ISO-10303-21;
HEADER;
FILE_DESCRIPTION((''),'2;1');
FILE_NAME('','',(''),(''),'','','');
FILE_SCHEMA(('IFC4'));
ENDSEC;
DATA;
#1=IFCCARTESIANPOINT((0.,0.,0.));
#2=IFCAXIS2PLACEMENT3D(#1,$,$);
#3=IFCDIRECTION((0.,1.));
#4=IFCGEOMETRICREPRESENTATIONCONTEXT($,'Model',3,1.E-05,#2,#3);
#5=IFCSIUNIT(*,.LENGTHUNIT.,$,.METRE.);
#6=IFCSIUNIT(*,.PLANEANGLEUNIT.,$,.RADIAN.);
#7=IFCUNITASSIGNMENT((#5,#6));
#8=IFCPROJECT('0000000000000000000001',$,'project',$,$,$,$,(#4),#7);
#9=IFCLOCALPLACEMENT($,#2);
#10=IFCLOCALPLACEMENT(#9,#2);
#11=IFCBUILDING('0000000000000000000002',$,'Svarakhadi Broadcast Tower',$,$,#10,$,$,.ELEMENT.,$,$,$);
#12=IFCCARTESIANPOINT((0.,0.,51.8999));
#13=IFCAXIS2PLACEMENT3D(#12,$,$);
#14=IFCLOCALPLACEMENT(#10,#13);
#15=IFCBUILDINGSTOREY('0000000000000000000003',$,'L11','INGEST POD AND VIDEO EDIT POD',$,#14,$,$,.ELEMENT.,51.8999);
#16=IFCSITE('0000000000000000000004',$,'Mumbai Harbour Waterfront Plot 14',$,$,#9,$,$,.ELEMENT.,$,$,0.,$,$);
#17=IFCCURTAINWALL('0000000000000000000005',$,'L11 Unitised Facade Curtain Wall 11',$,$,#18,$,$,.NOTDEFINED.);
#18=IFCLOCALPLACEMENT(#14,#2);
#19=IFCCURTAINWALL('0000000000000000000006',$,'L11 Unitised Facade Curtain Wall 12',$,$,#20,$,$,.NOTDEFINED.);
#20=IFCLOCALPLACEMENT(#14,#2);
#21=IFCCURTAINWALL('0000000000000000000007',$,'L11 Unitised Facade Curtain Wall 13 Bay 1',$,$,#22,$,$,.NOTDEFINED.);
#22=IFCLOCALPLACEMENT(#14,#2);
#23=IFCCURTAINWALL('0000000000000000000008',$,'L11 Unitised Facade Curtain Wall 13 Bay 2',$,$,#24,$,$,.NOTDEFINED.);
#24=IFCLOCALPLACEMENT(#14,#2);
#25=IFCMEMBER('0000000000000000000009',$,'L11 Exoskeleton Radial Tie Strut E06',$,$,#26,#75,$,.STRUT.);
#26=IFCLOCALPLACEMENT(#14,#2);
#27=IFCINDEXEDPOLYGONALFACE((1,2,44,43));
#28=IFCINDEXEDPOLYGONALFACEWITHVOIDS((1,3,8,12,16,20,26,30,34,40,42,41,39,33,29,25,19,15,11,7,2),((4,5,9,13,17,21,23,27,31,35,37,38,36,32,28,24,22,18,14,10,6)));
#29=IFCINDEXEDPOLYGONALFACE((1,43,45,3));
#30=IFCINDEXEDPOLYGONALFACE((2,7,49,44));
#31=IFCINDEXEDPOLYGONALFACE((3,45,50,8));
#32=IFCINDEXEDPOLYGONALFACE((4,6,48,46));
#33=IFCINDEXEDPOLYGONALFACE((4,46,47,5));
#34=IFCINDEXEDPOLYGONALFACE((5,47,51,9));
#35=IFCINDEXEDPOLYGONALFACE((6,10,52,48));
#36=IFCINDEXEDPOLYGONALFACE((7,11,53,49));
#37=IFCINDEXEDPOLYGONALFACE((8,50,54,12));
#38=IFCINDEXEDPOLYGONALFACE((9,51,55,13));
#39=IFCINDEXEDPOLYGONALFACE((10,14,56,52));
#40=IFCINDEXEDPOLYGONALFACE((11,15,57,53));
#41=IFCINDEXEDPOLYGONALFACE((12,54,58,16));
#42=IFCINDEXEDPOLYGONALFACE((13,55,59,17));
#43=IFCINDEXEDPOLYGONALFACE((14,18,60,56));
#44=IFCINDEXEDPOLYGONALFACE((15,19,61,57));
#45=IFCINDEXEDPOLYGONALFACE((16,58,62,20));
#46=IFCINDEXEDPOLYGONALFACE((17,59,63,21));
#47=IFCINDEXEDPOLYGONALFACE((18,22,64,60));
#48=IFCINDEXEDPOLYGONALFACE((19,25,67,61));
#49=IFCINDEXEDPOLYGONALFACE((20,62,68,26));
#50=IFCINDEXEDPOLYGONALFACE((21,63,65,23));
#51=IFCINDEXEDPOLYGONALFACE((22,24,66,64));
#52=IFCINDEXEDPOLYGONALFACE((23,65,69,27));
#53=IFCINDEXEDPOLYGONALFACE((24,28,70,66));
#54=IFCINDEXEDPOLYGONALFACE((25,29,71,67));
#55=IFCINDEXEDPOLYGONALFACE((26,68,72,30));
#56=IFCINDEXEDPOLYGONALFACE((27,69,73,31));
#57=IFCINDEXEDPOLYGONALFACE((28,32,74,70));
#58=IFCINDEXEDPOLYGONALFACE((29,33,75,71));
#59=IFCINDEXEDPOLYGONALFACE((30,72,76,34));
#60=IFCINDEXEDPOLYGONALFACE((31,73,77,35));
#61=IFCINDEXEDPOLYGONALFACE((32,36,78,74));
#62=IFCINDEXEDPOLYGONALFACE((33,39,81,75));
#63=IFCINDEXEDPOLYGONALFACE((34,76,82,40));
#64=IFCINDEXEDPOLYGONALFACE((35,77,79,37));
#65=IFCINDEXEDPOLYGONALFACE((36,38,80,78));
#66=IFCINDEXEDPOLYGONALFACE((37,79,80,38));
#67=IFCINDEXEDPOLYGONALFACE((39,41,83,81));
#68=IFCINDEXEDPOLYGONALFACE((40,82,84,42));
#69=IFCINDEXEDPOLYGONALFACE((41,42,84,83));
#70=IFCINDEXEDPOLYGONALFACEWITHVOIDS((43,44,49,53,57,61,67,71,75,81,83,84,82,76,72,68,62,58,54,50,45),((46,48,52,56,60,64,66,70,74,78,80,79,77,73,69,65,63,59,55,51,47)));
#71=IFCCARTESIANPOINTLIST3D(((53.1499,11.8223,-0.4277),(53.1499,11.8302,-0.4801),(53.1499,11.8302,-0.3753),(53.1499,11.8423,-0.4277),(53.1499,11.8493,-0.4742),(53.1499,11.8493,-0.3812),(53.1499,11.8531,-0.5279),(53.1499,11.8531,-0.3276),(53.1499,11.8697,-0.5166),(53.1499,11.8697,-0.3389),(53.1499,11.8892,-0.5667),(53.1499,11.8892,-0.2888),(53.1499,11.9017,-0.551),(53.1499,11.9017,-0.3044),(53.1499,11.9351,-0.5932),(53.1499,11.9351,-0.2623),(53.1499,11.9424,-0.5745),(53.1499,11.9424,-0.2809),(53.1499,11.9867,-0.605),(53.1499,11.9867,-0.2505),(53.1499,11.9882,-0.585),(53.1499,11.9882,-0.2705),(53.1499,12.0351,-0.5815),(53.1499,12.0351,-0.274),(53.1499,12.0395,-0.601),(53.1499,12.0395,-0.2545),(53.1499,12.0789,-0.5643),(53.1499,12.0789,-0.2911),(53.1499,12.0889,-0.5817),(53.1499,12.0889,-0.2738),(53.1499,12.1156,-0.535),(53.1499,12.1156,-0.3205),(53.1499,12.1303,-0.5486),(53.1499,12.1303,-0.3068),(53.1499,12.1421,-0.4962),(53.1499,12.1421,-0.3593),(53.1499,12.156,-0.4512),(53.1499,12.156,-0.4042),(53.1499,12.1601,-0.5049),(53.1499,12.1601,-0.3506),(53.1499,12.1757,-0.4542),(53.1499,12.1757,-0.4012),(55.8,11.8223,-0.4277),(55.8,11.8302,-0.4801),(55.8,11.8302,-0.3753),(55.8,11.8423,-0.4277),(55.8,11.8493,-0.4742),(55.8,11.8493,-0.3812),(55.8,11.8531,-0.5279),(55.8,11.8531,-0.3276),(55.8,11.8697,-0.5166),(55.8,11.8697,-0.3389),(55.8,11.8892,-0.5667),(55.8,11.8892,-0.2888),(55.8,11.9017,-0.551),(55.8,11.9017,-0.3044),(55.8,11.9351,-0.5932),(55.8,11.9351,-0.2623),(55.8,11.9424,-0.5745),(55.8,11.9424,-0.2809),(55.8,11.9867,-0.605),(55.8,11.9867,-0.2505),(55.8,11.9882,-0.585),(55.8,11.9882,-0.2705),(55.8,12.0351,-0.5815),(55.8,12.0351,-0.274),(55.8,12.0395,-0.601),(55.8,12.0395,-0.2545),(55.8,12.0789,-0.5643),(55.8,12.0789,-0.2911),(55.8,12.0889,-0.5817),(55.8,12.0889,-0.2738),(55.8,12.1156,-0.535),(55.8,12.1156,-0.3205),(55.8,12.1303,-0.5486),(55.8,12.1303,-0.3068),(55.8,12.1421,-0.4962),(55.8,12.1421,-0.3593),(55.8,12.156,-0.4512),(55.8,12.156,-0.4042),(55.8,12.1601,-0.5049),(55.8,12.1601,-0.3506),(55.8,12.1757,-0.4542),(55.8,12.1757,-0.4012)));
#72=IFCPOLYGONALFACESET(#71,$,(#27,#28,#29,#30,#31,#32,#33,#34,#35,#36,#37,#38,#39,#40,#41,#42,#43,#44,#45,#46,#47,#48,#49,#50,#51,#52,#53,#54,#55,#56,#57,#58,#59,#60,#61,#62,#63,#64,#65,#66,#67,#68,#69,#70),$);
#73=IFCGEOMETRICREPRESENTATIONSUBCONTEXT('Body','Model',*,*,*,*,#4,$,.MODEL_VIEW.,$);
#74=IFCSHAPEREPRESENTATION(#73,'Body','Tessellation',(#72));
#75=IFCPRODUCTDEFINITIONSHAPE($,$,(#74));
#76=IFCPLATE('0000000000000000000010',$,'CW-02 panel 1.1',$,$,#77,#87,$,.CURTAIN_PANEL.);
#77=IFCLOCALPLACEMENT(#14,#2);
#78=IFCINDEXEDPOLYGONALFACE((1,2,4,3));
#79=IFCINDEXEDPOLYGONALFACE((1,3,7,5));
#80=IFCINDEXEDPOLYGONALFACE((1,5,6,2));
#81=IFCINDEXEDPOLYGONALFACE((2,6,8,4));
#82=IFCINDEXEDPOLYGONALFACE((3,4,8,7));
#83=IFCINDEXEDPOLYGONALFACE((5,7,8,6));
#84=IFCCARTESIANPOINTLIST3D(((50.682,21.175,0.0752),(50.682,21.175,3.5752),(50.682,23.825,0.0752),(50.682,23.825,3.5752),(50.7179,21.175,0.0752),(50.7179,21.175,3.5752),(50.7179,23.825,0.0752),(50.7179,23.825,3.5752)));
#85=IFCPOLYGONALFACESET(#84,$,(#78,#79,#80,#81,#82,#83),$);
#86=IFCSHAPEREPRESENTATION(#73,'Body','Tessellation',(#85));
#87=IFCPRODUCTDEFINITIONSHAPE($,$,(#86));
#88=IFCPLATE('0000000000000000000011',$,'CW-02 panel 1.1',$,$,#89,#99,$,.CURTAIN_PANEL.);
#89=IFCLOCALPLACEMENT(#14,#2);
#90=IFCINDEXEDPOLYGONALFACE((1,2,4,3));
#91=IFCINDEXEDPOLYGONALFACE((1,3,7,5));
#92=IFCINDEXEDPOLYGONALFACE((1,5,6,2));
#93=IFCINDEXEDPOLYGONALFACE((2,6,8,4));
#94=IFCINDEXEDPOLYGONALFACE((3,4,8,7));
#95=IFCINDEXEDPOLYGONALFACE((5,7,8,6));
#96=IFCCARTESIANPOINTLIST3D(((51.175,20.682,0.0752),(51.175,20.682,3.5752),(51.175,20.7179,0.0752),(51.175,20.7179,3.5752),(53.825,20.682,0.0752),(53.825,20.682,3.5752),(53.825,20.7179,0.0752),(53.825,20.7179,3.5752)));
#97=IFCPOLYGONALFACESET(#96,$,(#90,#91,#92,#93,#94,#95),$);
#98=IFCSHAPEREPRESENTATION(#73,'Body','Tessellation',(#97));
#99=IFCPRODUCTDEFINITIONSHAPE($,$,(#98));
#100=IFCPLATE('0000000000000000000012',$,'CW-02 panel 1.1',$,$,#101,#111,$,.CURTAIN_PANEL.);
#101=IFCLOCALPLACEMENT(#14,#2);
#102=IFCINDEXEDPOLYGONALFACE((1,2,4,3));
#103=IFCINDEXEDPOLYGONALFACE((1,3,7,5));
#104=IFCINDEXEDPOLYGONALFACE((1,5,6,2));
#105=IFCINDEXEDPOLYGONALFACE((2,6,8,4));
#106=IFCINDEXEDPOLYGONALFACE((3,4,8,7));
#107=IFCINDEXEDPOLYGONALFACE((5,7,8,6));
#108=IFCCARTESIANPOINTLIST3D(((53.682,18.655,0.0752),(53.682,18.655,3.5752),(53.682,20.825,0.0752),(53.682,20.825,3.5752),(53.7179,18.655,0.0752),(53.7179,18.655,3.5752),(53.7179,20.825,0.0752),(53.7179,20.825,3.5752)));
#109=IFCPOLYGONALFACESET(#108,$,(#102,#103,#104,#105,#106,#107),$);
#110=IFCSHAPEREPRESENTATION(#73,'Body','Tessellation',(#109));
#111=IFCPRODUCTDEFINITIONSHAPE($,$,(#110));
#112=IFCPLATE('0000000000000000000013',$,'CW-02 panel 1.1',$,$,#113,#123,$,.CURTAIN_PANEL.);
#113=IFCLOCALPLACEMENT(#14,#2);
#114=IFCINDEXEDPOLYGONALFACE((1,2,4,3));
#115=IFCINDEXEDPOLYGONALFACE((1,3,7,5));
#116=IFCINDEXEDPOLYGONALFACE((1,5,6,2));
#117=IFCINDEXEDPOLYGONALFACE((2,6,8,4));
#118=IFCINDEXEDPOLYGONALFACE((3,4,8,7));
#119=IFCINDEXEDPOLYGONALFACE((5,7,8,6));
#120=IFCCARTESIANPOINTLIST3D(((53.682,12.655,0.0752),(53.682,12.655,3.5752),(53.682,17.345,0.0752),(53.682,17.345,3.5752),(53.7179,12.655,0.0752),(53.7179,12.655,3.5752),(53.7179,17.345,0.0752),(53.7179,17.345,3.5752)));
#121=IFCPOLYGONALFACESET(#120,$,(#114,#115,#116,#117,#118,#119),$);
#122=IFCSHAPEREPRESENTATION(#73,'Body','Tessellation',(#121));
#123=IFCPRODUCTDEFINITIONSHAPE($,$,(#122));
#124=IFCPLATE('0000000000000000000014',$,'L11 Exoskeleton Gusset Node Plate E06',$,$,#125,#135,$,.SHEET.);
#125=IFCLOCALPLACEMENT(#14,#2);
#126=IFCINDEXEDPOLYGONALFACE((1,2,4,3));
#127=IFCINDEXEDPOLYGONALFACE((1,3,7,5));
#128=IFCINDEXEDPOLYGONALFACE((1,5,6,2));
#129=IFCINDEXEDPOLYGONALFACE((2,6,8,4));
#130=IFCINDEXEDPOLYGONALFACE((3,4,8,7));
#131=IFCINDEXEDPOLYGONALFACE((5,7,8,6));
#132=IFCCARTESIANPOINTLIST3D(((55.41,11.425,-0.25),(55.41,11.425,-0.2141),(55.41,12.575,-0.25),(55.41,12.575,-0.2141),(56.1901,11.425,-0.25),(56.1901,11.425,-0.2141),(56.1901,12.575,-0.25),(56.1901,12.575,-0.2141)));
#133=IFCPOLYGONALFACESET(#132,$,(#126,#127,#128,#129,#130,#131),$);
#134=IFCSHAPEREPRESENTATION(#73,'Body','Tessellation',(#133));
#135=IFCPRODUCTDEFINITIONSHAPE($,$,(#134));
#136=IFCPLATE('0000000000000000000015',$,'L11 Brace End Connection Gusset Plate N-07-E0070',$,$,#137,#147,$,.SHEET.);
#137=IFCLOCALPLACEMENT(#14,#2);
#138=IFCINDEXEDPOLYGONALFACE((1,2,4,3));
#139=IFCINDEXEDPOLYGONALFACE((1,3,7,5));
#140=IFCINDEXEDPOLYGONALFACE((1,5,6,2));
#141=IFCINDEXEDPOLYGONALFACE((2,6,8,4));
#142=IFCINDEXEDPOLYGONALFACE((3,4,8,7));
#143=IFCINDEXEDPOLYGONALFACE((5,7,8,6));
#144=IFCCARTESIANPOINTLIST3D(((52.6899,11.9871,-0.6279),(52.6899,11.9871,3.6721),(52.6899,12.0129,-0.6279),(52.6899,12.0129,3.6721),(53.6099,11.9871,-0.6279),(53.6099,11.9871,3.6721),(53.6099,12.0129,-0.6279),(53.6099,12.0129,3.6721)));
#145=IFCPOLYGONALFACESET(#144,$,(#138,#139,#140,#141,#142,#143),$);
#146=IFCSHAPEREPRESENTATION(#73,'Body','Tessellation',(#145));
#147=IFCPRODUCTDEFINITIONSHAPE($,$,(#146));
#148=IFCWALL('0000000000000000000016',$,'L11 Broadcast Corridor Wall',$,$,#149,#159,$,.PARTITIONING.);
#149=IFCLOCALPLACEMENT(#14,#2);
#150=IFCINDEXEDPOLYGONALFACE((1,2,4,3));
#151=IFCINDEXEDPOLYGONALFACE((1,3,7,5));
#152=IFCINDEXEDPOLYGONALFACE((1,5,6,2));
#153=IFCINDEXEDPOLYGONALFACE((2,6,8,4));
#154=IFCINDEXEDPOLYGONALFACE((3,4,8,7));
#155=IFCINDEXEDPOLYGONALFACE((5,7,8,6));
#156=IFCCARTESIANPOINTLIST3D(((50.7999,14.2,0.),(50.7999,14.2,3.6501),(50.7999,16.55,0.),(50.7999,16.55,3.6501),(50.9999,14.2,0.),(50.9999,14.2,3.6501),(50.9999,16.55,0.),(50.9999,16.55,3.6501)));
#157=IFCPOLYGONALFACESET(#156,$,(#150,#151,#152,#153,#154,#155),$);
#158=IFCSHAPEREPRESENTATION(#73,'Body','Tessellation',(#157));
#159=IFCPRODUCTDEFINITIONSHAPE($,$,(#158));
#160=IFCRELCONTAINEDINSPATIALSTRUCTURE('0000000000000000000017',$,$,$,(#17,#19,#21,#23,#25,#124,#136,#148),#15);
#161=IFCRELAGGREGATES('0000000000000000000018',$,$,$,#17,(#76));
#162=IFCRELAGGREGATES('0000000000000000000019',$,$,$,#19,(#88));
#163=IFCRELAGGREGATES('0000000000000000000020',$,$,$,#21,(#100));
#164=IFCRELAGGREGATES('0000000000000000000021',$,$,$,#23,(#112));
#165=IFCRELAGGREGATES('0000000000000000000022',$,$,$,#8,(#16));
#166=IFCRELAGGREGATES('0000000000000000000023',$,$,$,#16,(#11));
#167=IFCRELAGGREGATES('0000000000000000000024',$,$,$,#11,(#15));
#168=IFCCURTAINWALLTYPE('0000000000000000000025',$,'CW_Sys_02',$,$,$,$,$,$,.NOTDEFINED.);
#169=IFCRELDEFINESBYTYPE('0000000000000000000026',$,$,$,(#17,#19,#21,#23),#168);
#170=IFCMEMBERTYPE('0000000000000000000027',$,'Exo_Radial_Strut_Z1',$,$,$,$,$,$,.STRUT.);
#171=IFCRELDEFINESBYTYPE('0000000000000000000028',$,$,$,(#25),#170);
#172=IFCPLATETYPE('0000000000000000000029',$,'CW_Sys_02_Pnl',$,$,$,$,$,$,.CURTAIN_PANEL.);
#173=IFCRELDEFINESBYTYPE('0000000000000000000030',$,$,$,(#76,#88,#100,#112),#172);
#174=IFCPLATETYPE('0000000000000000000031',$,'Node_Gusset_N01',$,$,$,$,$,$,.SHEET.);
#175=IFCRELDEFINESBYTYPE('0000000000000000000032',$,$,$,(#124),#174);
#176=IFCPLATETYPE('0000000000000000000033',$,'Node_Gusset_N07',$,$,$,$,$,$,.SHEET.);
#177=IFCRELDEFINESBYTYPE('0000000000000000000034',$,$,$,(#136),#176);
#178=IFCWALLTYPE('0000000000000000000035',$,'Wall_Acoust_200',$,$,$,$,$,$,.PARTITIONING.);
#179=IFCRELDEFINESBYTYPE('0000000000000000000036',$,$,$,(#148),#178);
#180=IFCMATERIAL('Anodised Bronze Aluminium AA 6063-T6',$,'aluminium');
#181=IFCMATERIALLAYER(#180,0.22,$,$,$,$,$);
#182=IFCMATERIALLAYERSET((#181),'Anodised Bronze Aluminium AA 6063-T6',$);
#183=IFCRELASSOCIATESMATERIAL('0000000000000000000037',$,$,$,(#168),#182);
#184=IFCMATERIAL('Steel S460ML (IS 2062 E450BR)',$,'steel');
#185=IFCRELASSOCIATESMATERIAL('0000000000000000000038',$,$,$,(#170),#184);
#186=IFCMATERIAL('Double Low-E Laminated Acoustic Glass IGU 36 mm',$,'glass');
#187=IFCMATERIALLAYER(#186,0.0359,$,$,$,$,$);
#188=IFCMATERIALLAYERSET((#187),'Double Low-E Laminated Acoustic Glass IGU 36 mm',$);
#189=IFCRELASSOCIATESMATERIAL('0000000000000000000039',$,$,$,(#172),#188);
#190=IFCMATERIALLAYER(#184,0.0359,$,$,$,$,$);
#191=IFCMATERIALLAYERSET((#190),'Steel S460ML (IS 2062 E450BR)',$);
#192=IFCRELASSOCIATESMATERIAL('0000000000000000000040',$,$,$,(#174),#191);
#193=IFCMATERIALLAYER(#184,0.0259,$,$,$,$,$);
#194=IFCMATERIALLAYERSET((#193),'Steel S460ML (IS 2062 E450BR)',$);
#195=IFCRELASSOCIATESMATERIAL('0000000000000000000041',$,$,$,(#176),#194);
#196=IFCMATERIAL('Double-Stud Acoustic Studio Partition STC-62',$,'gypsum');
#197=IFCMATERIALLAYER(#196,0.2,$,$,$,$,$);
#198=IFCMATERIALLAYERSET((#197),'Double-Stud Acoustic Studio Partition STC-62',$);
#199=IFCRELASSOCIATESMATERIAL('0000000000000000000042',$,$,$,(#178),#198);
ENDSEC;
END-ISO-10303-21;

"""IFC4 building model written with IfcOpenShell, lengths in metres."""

from ifc_helpers import new_model, si_unit, direction, frame, frame_2d, origin, origin_2d, place, context, subcontext, project, spatial, rectangle, hollow_circle, extrude, material, layer, layer_set, material_profile, profile_set, type_object, element, aggregate, save


model = new_model("IFC4")

# Units and contexts
model_context = context("Model", 3, precision=1e-05, world=origin(), true_north=direction((0.0, 1.0)))
body_context = subcontext(model_context, "Body", "Model", "MODEL_VIEW")
ifc_project = project(units=[si_unit("LENGTHUNIT", "METRE"), si_unit("PLANEANGLEUNIT", "RADIAN")], contexts=[model_context])

# Site, building, storey
site_placement = place(None, origin())
site = spatial("IfcSite", under=ifc_project, at=site_placement, Name="Mumbai Harbour Waterfront Plot 14", CompositionType="ELEMENT", RefElevation=0.0)
building_placement = place(site_placement, origin())
building = spatial("IfcBuilding", under=site, at=building_placement, Name="Svarakhadi Broadcast Tower", CompositionType="ELEMENT")
storey_placement = place(building_placement, frame((0.0, 0.0, 51.8999)))
storey = spatial("IfcBuildingStorey", under=building, at=storey_placement, Name="L11", Description="INGEST POD AND VIDEO EDIT POD", CompositionType="ELEMENT", Elevation=51.8999)

# Curtain wall
ifc_material_1 = material(Name="Anodised Bronze Aluminium AA 6063-T6", Category="aluminium")
ifc_layer_1 = layer(ifc_material_1, 0.22)
ifc_layer_set_1 = layer_set([ifc_layer_1], Name="Anodised Bronze Aluminium AA 6063-T6")
curtain_wall_type = type_object("IfcCurtainWallType", Name="CW_Sys_02", PredefinedType="NOTDEFINED", material=ifc_layer_set_1)
curtain_wall_1_placement = place(storey_placement, origin())
curtain_wall_1 = element("IfcCurtainWall", 1, at=curtain_wall_1_placement, inside=storey, type_object=curtain_wall_type, Name="L11 Unitised Facade Curtain Wall 11", PredefinedType="NOTDEFINED")

# Curtain walls
curtain_wall_2_placement = place(storey_placement, origin())
curtain_wall_2 = element("IfcCurtainWall", 2, at=curtain_wall_2_placement, inside=storey, type_object=curtain_wall_type, Name="L11 Unitised Facade Curtain Wall 12", PredefinedType="NOTDEFINED")
curtain_wall_3_placement = place(storey_placement, origin())
curtain_wall_3 = element("IfcCurtainWall", 3, at=curtain_wall_3_placement, inside=storey, type_object=curtain_wall_type, Name="L11 Unitised Facade Curtain Wall 13 Bay 1", PredefinedType="NOTDEFINED")
curtain_wall_4_placement = place(storey_placement, origin())
curtain_wall_4 = element("IfcCurtainWall", 4, at=curtain_wall_4_placement, inside=storey, type_object=curtain_wall_type, Name="L11 Unitised Facade Curtain Wall 13 Bay 2", PredefinedType="NOTDEFINED")

# Member
ifc_material_2 = material(Name="Steel S460ML (IS 2062 E450BR)", Category="steel")
ifc_material_profile_1 = material_profile(ifc_material_2, hollow_circle(Radius=0.1777, WallThickness=0.02, at=origin_2d()), Name="CHS 355.6x20")
ifc_profile_set_1 = profile_set([ifc_material_profile_1], Name="Steel S460ML (IS 2062 E450BR)")
member_type_1 = type_object("IfcMemberType", Name="Exo_Radial_Strut_Z1", PredefinedType="STRUT", material=ifc_profile_set_1)
member_1_placement = place(storey_placement, frame((55.8, 12.0, -0.4277), z_axis=(-1.0, 0.0, 0.0), x_axis=(0.0, -1.0, 0.0)))
element("IfcMember", 5, at=member_1_placement, inside=storey, type_object=member_type_1, Name="L11 Exoskeleton Radial Tie Strut E06", PredefinedType="STRUT", context=body_context, shape_type="SweptSolid", body=[
    extrude(hollow_circle(Radius=0.1777, WallThickness=0.02, at=origin_2d()), origin(), (0.0, 0.0, 1.0), 2.6501),
])

# Plates
ifc_material_3 = material(Name="Double Low-E Laminated Acoustic Glass IGU 36 mm", Category="glass")
ifc_layer_2 = layer(ifc_material_3, 0.0359)
ifc_layer_set_2 = layer_set([ifc_layer_2], Name="Double Low-E Laminated Acoustic Glass IGU 36 mm")
plate_type_1 = type_object("IfcPlateType", Name="CW_Sys_02_Pnl", PredefinedType="CURTAIN_PANEL", material=ifc_layer_set_2)
plate_1_placement = place(storey_placement, frame((50.7, 22.5, 0.0752), z_axis=(0.0, 0.0, 1.0), x_axis=(0.0, -1.0, 0.0)))
plate_1 = element("IfcPlate", 6, at=plate_1_placement, type_object=plate_type_1, Name="CW-02 panel 1.1", PredefinedType="CURTAIN_PANEL", context=body_context, shape_type="SweptSolid", body=[
    extrude(rectangle(XDim=2.6499, YDim=0.0359, at=origin_2d()), origin(), (0.0, 0.0, 1.0), 3.5),
])
aggregate(curtain_wall_1, [plate_1])
plate_2_placement = place(storey_placement, frame((52.5, 20.7, 0.0752), z_axis=(0.0, 0.0, 1.0), x_axis=(1.0, 0.0, 0.0)))
plate_2 = element("IfcPlate", 7, at=plate_2_placement, type_object=plate_type_1, Name="CW-02 panel 1.1", PredefinedType="CURTAIN_PANEL", context=body_context, shape_type="SweptSolid", body=[
    extrude(rectangle(XDim=2.6499, YDim=0.0359, at=origin_2d()), origin(), (0.0, 0.0, 1.0), 3.5),
])
aggregate(curtain_wall_2, [plate_2])
plate_3_placement = place(storey_placement, frame((53.7, 19.74, 0.0752), z_axis=(0.0, 0.0, 1.0), x_axis=(0.0, -1.0, 0.0)))
plate_3 = element("IfcPlate", 8, at=plate_3_placement, type_object=plate_type_1, Name="CW-02 panel 1.1", PredefinedType="CURTAIN_PANEL", context=body_context, shape_type="SweptSolid", body=[
    extrude(rectangle(XDim=2.1699, YDim=0.0359, at=origin_2d()), origin(), (0.0, 0.0, 1.0), 3.5),
])
aggregate(curtain_wall_3, [plate_3])
plate_4_placement = place(storey_placement, frame((53.7, 15.0, 0.0752), z_axis=(0.0, 0.0, 1.0), x_axis=(0.0, -1.0, 0.0)))
plate_4 = element("IfcPlate", 9, at=plate_4_placement, type_object=plate_type_1, Name="CW-02 panel 1.1", PredefinedType="CURTAIN_PANEL", context=body_context, shape_type="SweptSolid", body=[
    extrude(rectangle(XDim=4.6899, YDim=0.0359, at=origin_2d()), origin(), (0.0, 0.0, 1.0), 3.5),
])
aggregate(curtain_wall_4, [plate_4])

# Plates
ifc_layer_3 = layer(ifc_material_2, 0.0359)
ifc_layer_set_3 = layer_set([ifc_layer_3], Name="Steel S460ML (IS 2062 E450BR)")
plate_type_2 = type_object("IfcPlateType", Name="Node_Gusset_N01", PredefinedType="SHEET", material=ifc_layer_set_3)
plate_5_placement = place(storey_placement, frame((55.8, 12.0, -0.25), z_axis=(0.0, 0.0, 1.0), x_axis=(0.0, 1.0, 0.0)))
element("IfcPlate", 10, at=plate_5_placement, inside=storey, type_object=plate_type_2, Name="L11 Exoskeleton Gusset Node Plate E06", PredefinedType="SHEET", context=body_context, shape_type="SweptSolid", body=[
    extrude(rectangle(XDim=1.1499, YDim=0.78, at=origin_2d()), origin(), (0.0, 0.0, 1.0), 0.0359),
])
ifc_layer_4 = layer(ifc_material_2, 0.0259)
ifc_layer_set_4 = layer_set([ifc_layer_4], Name="Steel S460ML (IS 2062 E450BR)")
plate_type_3 = type_object("IfcPlateType", Name="Node_Gusset_N07", PredefinedType="SHEET", material=ifc_layer_set_4)
plate_6_placement = place(storey_placement, frame((53.1499, 12.0, -0.6279), z_axis=(0.0, 0.0, 1.0), x_axis=(1.0, 0.0, 0.0)))
element("IfcPlate", 11, at=plate_6_placement, inside=storey, type_object=plate_type_3, Name="L11 Brace End Connection Gusset Plate N-07-E0070", PredefinedType="SHEET", context=body_context, shape_type="SweptSolid", body=[
    extrude(rectangle(XDim=0.9199, YDim=0.0259, at=origin_2d()), origin(), (0.0, 0.0, 1.0), 4.3),
])

# Wall
ifc_material_4 = material(Name="Double-Stud Acoustic Studio Partition STC-62", Category="gypsum")
ifc_layer_5 = layer(ifc_material_4, 0.2)
ifc_layer_set_5 = layer_set([ifc_layer_5], Name="Double-Stud Acoustic Studio Partition STC-62")
wall_type_1 = type_object("IfcWallType", Name="Wall_Acoust_200", PredefinedType="PARTITIONING", material=ifc_layer_set_5)
wall_1_placement = place(storey_placement, frame((50.8999, 16.55, 0.0), z_axis=(0.0, 0.0, 1.0), x_axis=(0.0, -1.0, 0.0)))
element("IfcWall", 12, at=wall_1_placement, inside=storey, type_object=wall_type_1, Name="L11 Broadcast Corridor Wall", PredefinedType="PARTITIONING", context=body_context, shape_type="SweptSolid", body=[
    extrude(rectangle(XDim=2.3501, YDim=0.2, at=frame_2d((1.175, 0.0))), origin(), (0.0, 0.0, 1.0), 3.6501),
])

save(model, "model.ifc")
